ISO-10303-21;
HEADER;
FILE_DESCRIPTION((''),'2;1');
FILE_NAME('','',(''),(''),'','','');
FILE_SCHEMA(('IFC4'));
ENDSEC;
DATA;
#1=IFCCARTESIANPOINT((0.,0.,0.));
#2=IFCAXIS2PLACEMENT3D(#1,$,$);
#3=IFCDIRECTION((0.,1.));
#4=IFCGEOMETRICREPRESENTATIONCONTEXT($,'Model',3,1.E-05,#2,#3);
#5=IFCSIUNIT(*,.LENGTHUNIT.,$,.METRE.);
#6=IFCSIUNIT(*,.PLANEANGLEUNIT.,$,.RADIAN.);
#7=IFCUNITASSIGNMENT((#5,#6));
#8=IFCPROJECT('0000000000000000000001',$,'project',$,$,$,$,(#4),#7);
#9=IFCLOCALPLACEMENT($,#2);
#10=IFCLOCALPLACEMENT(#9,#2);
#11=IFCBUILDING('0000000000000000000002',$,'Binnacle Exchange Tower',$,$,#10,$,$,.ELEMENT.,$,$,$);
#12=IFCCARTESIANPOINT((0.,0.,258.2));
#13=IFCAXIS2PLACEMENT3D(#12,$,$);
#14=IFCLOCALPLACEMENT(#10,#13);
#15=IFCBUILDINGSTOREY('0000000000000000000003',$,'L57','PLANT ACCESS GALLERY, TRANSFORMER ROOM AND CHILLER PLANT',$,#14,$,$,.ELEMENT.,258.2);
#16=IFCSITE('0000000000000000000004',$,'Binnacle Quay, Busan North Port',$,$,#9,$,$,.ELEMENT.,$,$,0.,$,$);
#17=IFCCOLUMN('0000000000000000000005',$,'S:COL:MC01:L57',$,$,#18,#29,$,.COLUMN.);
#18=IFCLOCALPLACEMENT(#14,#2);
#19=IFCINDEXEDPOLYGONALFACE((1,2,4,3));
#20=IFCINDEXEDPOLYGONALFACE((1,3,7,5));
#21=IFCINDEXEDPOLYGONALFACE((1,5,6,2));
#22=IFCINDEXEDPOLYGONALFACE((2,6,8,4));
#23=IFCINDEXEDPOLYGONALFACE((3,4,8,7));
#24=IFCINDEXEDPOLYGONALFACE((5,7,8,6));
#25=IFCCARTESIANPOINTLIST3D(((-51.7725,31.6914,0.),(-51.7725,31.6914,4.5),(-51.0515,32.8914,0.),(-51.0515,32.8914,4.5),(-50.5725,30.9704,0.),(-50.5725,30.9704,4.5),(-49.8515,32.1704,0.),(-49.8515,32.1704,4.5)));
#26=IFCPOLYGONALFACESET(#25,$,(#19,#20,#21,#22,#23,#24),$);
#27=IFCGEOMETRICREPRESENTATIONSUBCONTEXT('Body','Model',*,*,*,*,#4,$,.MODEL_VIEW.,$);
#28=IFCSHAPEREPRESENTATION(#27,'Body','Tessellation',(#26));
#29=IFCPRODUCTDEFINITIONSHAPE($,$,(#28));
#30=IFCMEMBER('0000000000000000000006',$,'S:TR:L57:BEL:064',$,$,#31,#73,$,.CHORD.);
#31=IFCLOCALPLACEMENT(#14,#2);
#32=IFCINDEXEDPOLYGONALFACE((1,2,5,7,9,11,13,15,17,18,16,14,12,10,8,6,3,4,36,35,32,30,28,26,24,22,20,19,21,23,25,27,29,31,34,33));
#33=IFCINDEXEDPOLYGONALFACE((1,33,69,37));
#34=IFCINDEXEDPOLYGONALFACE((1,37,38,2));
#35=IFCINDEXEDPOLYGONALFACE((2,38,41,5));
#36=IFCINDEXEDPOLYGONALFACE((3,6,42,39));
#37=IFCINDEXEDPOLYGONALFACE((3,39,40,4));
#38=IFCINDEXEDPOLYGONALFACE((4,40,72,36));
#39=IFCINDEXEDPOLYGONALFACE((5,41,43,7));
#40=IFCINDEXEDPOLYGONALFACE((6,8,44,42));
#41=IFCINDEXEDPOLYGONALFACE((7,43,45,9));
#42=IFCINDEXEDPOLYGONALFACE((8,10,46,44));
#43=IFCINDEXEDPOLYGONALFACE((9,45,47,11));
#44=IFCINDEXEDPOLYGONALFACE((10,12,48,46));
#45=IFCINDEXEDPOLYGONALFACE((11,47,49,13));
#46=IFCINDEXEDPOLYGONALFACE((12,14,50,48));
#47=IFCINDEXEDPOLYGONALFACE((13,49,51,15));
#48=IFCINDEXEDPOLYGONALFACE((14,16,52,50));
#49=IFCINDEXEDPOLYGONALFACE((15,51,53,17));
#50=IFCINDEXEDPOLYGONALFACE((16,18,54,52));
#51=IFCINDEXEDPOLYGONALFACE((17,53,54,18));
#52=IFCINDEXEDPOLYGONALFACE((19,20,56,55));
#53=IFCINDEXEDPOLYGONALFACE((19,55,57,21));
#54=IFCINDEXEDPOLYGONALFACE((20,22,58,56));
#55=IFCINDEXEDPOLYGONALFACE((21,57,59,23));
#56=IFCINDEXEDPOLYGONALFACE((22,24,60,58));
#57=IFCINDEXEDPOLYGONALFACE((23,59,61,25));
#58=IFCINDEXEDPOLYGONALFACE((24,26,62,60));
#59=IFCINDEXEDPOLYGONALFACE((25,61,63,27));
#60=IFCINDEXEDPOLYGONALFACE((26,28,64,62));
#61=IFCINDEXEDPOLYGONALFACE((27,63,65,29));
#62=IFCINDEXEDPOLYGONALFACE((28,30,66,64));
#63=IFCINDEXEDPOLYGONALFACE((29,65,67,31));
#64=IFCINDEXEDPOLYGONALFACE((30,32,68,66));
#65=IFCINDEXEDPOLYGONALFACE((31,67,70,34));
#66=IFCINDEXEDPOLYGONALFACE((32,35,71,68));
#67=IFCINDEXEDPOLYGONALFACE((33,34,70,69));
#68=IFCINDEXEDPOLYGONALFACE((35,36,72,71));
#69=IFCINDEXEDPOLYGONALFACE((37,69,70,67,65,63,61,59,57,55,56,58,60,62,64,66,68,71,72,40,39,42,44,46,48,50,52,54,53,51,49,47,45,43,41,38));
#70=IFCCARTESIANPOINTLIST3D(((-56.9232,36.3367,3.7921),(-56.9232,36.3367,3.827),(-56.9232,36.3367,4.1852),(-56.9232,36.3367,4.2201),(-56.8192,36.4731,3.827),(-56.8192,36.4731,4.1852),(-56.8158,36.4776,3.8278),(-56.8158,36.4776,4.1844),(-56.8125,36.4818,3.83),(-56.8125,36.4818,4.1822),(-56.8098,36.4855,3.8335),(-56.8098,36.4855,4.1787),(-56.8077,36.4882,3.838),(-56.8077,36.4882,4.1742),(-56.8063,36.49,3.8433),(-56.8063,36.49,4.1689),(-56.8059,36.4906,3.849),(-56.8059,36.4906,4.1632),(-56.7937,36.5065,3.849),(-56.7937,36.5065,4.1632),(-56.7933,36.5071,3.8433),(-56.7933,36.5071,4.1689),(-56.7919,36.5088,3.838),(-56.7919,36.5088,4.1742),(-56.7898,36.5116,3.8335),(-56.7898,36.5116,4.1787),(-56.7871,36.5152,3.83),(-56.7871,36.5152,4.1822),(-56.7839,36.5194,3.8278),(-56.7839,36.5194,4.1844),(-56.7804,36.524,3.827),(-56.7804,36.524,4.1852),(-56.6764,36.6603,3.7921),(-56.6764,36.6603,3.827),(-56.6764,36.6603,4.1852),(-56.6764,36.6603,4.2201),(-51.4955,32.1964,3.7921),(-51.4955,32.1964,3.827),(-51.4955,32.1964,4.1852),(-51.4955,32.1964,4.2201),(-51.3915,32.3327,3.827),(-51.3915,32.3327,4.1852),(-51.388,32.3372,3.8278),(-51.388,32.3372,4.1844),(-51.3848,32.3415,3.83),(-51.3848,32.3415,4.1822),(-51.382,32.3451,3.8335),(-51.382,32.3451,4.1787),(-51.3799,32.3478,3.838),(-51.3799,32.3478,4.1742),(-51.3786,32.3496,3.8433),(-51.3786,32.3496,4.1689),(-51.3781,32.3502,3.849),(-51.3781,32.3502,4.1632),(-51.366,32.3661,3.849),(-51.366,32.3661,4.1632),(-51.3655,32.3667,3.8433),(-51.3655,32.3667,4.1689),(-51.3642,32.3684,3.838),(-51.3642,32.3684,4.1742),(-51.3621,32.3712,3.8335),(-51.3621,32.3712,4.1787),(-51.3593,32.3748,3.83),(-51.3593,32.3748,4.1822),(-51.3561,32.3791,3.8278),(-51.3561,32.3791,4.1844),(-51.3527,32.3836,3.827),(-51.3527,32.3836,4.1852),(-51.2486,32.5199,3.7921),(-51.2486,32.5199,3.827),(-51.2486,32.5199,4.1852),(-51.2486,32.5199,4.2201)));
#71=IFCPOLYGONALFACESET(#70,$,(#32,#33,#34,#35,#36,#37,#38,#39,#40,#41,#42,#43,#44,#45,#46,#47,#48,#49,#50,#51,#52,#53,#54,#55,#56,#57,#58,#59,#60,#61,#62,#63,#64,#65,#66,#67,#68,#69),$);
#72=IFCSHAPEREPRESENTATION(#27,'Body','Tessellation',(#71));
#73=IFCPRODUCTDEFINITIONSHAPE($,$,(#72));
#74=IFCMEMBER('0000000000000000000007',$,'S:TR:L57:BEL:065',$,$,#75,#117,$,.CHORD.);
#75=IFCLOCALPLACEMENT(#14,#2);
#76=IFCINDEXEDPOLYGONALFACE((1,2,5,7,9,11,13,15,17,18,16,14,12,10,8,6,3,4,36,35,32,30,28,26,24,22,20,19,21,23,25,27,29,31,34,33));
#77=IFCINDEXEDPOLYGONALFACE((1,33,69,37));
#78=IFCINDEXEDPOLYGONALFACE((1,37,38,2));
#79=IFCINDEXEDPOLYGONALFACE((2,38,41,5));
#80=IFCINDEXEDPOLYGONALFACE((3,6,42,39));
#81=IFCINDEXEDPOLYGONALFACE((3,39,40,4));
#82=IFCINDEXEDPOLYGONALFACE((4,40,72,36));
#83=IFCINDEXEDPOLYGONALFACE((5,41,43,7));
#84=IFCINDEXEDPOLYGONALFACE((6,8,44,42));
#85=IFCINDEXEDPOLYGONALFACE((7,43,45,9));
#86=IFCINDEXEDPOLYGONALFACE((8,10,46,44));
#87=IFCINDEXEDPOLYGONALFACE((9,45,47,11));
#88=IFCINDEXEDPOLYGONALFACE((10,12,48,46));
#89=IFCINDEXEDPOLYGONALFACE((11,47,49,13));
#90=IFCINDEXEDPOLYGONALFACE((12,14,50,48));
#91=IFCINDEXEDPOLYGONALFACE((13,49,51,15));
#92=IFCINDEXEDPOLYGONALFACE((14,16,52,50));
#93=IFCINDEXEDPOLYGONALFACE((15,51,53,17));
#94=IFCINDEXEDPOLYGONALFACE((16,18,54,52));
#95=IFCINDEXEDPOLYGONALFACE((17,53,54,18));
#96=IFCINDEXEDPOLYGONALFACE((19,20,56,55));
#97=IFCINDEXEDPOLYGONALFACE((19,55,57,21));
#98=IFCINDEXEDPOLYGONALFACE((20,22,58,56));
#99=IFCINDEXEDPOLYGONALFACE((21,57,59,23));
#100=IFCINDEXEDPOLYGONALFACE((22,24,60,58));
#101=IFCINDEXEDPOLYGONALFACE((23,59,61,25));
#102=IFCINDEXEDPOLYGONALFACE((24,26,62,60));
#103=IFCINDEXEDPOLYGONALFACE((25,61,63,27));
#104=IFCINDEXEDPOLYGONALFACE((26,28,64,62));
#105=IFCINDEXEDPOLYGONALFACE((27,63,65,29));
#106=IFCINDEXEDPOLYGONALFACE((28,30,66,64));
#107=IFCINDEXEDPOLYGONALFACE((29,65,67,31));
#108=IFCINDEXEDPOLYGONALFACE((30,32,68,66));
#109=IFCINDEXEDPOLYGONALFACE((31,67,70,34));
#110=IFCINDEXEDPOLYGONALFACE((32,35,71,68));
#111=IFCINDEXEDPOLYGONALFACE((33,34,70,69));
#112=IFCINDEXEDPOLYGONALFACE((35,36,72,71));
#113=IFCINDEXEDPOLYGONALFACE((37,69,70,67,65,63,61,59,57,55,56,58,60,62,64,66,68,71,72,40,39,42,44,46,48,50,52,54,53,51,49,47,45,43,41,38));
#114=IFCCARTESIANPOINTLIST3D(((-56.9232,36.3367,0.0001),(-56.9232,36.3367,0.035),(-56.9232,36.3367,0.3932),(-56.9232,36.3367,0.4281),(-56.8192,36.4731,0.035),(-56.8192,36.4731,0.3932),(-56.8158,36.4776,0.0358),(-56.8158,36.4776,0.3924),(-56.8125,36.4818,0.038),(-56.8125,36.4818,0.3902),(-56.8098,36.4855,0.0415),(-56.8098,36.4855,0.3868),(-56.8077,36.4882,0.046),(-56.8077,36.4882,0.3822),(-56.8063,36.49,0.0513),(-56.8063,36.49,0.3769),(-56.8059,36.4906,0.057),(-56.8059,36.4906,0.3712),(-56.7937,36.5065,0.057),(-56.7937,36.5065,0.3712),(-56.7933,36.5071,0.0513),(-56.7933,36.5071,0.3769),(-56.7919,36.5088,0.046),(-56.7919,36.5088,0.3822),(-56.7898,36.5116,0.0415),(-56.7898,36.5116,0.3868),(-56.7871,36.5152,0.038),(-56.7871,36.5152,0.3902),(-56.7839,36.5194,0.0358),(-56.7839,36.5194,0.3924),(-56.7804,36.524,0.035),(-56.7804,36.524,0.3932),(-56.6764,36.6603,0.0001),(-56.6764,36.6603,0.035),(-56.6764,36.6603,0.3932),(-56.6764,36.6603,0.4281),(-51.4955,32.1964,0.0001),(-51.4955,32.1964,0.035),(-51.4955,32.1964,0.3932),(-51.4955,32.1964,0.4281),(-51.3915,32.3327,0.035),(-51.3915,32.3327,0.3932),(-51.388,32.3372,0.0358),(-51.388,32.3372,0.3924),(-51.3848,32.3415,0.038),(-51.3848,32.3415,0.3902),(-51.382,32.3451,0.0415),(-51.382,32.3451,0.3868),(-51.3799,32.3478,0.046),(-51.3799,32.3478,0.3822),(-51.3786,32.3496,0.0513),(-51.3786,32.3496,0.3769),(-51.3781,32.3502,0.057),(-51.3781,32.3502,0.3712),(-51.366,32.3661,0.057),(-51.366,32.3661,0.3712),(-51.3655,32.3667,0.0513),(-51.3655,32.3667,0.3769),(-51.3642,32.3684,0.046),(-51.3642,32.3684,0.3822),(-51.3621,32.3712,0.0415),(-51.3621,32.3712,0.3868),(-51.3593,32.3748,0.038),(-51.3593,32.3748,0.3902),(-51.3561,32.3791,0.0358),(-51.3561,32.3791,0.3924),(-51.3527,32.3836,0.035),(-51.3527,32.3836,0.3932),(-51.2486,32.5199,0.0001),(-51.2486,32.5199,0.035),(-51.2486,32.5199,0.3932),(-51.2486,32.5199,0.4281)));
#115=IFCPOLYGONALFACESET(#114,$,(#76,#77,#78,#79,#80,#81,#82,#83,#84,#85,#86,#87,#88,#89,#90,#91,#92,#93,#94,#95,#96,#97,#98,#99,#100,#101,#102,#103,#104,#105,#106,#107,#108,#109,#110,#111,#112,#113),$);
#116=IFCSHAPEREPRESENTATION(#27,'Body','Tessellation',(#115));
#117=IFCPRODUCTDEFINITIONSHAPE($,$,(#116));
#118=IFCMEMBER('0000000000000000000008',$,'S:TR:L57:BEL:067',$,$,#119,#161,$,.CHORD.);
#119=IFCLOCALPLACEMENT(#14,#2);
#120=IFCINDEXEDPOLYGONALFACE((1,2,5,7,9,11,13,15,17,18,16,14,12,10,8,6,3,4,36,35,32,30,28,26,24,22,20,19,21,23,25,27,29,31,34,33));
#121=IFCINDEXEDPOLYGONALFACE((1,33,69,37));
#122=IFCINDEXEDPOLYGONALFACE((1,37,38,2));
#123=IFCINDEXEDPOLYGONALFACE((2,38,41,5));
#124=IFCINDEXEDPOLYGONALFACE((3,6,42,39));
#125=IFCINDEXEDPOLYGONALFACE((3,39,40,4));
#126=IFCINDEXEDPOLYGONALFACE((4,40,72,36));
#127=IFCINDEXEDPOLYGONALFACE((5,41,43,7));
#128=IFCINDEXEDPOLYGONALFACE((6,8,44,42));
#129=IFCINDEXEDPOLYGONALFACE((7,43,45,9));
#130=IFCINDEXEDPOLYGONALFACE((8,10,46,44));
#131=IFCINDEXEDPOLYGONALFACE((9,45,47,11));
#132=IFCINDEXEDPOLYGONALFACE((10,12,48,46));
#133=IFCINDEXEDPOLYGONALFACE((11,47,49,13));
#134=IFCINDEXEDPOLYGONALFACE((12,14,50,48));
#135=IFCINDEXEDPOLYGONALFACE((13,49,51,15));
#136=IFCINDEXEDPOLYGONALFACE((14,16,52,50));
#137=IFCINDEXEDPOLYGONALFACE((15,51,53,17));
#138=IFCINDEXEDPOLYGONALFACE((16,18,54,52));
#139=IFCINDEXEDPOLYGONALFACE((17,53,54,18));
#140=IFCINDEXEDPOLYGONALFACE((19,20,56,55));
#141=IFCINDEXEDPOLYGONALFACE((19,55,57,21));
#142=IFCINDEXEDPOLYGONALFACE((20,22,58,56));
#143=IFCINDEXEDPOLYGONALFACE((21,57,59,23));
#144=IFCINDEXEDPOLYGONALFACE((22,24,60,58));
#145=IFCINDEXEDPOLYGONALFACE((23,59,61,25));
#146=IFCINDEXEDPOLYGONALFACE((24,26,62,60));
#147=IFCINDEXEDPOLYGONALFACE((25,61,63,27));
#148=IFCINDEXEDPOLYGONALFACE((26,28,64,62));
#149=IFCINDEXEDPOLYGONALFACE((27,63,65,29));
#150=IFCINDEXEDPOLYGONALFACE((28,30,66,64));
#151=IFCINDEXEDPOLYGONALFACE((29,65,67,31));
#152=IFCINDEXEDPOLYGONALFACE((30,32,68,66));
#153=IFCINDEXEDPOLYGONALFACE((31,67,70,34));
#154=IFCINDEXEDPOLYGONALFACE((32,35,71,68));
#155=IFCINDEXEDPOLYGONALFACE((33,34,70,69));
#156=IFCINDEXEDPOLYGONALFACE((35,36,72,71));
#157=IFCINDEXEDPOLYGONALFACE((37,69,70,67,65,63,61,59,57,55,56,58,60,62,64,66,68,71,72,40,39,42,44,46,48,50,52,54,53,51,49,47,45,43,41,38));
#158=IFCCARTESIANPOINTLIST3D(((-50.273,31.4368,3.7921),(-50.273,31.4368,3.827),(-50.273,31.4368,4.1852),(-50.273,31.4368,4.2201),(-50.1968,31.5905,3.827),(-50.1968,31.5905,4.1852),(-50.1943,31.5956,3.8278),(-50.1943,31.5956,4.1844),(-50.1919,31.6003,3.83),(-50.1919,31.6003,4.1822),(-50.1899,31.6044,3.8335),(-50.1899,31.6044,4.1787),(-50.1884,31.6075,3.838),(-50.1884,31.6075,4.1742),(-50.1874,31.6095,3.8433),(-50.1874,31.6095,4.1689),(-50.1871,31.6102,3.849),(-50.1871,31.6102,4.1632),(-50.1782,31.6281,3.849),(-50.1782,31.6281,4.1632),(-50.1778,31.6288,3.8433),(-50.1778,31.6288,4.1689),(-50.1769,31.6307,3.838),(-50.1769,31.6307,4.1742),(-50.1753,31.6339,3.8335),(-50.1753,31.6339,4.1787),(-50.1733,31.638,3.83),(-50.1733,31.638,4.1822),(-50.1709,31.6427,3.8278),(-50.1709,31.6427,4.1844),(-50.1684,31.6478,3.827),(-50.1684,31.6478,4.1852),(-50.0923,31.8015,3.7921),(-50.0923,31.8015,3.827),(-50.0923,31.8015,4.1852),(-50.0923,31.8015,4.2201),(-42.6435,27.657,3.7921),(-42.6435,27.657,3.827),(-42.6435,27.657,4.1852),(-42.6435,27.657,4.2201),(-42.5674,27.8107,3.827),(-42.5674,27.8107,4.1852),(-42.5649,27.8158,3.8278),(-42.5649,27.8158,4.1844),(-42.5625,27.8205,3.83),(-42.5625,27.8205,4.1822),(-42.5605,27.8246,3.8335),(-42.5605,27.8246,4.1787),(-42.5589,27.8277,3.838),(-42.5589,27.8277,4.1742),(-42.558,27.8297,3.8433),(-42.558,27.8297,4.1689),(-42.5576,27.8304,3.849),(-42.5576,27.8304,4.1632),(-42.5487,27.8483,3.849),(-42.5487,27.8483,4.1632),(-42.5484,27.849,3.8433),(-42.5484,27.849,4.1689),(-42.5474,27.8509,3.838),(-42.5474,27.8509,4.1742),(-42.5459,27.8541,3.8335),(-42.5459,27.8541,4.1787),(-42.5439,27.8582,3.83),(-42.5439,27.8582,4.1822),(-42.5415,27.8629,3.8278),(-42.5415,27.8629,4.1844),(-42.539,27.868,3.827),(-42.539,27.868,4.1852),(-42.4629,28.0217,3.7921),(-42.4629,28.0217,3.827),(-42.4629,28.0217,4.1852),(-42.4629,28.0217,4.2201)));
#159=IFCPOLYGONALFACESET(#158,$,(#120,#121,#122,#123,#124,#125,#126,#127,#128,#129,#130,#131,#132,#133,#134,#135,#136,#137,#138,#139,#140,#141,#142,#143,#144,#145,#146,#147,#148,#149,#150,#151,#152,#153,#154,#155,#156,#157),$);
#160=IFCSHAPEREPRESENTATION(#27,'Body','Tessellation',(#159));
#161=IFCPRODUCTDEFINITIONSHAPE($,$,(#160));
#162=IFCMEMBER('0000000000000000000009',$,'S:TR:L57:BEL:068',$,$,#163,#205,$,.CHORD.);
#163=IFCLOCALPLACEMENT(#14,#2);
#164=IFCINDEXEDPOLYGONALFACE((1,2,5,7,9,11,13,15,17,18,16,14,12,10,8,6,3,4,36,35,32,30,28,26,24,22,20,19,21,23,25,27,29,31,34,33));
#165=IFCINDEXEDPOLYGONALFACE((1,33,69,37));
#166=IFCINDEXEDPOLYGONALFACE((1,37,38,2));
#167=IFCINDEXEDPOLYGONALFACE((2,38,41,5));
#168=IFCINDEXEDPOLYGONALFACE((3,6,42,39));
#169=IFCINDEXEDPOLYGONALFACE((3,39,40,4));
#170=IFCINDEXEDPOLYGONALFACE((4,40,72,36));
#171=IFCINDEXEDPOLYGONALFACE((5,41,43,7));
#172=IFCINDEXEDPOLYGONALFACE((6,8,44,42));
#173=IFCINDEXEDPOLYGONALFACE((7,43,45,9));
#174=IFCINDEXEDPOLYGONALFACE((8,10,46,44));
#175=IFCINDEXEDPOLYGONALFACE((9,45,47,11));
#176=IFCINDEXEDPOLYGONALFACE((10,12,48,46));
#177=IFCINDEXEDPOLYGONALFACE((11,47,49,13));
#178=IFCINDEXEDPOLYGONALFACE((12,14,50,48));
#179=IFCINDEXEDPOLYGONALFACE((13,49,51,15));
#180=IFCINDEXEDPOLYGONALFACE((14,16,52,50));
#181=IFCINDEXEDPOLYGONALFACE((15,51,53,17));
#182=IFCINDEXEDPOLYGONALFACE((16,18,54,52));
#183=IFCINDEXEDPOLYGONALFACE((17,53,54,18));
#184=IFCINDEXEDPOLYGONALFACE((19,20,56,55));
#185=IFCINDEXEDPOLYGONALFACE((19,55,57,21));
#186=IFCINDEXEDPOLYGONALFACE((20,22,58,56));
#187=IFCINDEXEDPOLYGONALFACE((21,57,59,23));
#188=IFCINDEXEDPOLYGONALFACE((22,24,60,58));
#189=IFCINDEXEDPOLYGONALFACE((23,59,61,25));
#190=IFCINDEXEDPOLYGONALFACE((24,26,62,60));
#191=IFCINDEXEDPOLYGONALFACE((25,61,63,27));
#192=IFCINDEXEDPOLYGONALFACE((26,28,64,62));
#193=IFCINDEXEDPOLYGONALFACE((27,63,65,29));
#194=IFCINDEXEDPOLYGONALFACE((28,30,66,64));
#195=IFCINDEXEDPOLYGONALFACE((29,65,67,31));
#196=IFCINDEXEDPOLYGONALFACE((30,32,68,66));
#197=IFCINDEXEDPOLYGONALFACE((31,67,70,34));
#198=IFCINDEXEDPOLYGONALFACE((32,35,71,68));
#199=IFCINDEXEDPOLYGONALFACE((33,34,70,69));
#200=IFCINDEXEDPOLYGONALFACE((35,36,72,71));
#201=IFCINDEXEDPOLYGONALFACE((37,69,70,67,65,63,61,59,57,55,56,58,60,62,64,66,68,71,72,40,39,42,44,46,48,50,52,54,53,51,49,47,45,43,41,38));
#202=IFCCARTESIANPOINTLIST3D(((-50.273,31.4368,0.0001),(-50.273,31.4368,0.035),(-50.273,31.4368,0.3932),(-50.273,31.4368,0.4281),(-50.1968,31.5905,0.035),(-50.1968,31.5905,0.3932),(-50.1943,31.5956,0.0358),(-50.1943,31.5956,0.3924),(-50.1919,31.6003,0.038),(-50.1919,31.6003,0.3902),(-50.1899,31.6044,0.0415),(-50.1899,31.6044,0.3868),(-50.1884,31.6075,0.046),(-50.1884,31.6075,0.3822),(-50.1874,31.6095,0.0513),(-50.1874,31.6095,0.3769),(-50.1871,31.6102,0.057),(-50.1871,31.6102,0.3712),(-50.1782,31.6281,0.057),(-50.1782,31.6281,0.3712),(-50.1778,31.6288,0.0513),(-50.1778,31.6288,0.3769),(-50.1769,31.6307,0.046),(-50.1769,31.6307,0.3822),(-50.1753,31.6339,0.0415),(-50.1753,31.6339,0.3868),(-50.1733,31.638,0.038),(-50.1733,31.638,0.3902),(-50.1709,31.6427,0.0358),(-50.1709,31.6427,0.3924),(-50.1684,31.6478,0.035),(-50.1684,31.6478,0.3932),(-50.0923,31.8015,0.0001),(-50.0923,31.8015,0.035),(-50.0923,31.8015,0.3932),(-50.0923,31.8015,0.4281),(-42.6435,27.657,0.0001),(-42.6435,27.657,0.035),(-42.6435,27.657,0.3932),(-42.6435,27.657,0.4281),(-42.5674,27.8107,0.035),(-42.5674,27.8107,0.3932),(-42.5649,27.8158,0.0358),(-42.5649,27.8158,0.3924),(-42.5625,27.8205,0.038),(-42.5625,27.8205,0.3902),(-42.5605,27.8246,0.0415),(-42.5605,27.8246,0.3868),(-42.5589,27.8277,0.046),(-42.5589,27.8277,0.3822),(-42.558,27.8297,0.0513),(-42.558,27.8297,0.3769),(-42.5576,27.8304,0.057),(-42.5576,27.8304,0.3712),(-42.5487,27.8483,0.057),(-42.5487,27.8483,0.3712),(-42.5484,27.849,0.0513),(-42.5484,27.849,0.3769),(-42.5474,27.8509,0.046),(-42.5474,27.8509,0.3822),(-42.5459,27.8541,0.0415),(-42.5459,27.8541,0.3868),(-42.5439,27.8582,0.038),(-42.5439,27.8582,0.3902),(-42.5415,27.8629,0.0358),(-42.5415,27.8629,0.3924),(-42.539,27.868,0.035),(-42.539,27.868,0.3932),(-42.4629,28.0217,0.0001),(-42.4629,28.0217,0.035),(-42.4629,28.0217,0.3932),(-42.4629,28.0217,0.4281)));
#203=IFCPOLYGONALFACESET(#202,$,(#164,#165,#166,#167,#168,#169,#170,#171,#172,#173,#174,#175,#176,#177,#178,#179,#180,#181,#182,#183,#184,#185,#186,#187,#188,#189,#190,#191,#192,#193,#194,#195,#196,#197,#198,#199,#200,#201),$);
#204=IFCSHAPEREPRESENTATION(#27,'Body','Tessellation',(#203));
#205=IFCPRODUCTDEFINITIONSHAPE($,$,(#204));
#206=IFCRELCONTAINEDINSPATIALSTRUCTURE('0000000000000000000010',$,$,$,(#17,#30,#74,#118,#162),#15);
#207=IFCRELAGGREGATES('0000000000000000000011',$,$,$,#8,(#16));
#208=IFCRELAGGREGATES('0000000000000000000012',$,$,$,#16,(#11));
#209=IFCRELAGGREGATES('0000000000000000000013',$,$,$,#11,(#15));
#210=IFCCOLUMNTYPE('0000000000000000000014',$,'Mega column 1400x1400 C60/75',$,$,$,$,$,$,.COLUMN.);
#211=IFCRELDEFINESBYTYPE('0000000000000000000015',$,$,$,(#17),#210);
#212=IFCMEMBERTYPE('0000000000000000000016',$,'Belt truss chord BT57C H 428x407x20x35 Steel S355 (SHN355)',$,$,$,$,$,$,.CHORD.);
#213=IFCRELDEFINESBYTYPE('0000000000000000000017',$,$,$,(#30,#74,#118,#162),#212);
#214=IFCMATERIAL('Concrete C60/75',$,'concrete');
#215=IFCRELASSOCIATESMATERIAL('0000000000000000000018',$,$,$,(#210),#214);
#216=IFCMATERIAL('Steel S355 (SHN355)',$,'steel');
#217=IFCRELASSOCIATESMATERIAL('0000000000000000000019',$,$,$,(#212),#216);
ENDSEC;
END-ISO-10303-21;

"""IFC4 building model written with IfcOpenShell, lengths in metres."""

from ifc_helpers import new_model, si_unit, direction, frame, origin, origin_2d, place, context, subcontext, project, spatial, rectangle, i_section, extrude, material, material_profile, profile_set, type_object, element, save


model = new_model("IFC4")

# Units and contexts
model_context = context("Model", 3, precision=1e-05, world=origin(), true_north=direction((0.0, 1.0)))
body_context = subcontext(model_context, "Body", "Model", "MODEL_VIEW")
ifc_project = project(units=[si_unit("LENGTHUNIT", "METRE"), si_unit("PLANEANGLEUNIT", "RADIAN")], contexts=[model_context])

# Site, building, storey
site_placement = place(None, origin())
site = spatial("IfcSite", under=ifc_project, at=site_placement, Name="Binnacle Quay, Busan North Port", CompositionType="ELEMENT", RefElevation=0.0)
building_placement = place(site_placement, origin())
building = spatial("IfcBuilding", under=site, at=building_placement, Name="Binnacle Exchange Tower", CompositionType="ELEMENT")
storey_placement = place(building_placement, frame((0.0, 0.0, 258.2)))
storey = spatial("IfcBuildingStorey", under=building, at=storey_placement, Name="L57", Description="PLANT ACCESS GALLERY, TRANSFORMER ROOM AND CHILLER PLANT", CompositionType="ELEMENT", Elevation=258.2)

# Column
ifc_material_1 = material(Name="Concrete C60/75", Category="concrete")
ifc_material_profile_1 = material_profile(ifc_material_1, rectangle(XDim=1.3999, YDim=1.3999, at=origin_2d()), Name="Mega column 1400x1400 C60/75")
ifc_profile_set_1 = profile_set([ifc_material_profile_1], Name="Concrete C60/75")
column_type = type_object("IfcColumnType", Name="Mega column 1400x1400 C60/75", PredefinedType="COLUMN", material=ifc_profile_set_1)
column_placement = place(storey_placement, frame((-50.812, 31.9309, 0.0), z_axis=(0.0, 0.0, 1.0), x_axis=(0.857167, -0.515038, 0.0)))
element("IfcColumn", 1, at=column_placement, inside=storey, type_object=column_type, Name="S:COL:MC01:L57", PredefinedType="COLUMN", context=body_context, shape_type="SweptSolid", body=[
    extrude(rectangle(XDim=1.3999, YDim=1.3999, at=origin_2d()), origin(), (0.0, 0.0, 1.0), 4.5),
])

# Members
ifc_material_2 = material(Name="Steel S355 (SHN355)", Category="steel")
ifc_material_profile_2 = material_profile(ifc_material_2, i_section(OverallWidth=0.407, OverallDepth=0.428, WebThickness=0.02, FlangeThickness=0.0349, FilletRadius=0.022, at=origin_2d()), Name="H 428x407x20x35")
ifc_profile_set_2 = profile_set([ifc_material_profile_2], Name="Steel S355 (SHN355)")
member_type_1 = type_object("IfcMemberType", Name="Belt truss chord BT57C H 428x407x20x35 Steel S355 (SHN355)", PredefinedType="CHORD", material=ifc_profile_set_2)
for number, where, z_axis, x_axis, name in (
    (2, (-56.7998, 36.4985, 4.0061), (0.795081, -0.606503, 0.0), (0.606503, 0.795081, 0.0), "S:TR:L57:BEL:064"),
    (3, (-56.7998, 36.4985, 0.2141), (0.795081, -0.606503, 0.0), (0.606503, 0.795081, 0.0), "S:TR:L57:BEL:065"),
):
    element("IfcMember", number, at=place(storey_placement, frame(where, z_axis=z_axis, x_axis=x_axis)), inside=storey, type_object=member_type_1, Name=name, PredefinedType="CHORD", context=body_context, shape_type="SweptSolid", body=[
        extrude(i_section(OverallWidth=0.407, OverallDepth=0.428, WebThickness=0.02, FlangeThickness=0.0349, FilletRadius=0.022, at=origin_2d()), origin(), (0.0, 0.0, 1.0), 6.8267),
    ])
for number, where, z_axis, x_axis, name in (
    (4, (-50.1826, 31.6191, 4.0061), (0.896061, -0.44393, 0.0), (0.44393, 0.896061, 0.0), "S:TR:L57:BEL:067"),
    (5, (-50.1826, 31.6191, 0.2141), (0.896061, -0.44393, 0.0), (0.44393, 0.896061, 0.0), "S:TR:L57:BEL:068"),
):
    element("IfcMember", number, at=place(storey_placement, frame(where, z_axis=z_axis, x_axis=x_axis)), inside=storey, type_object=member_type_1, Name=name, PredefinedType="CHORD", context=body_context, shape_type="SweptSolid", body=[
        extrude(i_section(OverallWidth=0.407, OverallDepth=0.428, WebThickness=0.02, FlangeThickness=0.0349, FilletRadius=0.022, at=origin_2d()), origin(), (0.0, 0.0, 1.0), 8.5144),
    ])

save(model, "model.ifc")
